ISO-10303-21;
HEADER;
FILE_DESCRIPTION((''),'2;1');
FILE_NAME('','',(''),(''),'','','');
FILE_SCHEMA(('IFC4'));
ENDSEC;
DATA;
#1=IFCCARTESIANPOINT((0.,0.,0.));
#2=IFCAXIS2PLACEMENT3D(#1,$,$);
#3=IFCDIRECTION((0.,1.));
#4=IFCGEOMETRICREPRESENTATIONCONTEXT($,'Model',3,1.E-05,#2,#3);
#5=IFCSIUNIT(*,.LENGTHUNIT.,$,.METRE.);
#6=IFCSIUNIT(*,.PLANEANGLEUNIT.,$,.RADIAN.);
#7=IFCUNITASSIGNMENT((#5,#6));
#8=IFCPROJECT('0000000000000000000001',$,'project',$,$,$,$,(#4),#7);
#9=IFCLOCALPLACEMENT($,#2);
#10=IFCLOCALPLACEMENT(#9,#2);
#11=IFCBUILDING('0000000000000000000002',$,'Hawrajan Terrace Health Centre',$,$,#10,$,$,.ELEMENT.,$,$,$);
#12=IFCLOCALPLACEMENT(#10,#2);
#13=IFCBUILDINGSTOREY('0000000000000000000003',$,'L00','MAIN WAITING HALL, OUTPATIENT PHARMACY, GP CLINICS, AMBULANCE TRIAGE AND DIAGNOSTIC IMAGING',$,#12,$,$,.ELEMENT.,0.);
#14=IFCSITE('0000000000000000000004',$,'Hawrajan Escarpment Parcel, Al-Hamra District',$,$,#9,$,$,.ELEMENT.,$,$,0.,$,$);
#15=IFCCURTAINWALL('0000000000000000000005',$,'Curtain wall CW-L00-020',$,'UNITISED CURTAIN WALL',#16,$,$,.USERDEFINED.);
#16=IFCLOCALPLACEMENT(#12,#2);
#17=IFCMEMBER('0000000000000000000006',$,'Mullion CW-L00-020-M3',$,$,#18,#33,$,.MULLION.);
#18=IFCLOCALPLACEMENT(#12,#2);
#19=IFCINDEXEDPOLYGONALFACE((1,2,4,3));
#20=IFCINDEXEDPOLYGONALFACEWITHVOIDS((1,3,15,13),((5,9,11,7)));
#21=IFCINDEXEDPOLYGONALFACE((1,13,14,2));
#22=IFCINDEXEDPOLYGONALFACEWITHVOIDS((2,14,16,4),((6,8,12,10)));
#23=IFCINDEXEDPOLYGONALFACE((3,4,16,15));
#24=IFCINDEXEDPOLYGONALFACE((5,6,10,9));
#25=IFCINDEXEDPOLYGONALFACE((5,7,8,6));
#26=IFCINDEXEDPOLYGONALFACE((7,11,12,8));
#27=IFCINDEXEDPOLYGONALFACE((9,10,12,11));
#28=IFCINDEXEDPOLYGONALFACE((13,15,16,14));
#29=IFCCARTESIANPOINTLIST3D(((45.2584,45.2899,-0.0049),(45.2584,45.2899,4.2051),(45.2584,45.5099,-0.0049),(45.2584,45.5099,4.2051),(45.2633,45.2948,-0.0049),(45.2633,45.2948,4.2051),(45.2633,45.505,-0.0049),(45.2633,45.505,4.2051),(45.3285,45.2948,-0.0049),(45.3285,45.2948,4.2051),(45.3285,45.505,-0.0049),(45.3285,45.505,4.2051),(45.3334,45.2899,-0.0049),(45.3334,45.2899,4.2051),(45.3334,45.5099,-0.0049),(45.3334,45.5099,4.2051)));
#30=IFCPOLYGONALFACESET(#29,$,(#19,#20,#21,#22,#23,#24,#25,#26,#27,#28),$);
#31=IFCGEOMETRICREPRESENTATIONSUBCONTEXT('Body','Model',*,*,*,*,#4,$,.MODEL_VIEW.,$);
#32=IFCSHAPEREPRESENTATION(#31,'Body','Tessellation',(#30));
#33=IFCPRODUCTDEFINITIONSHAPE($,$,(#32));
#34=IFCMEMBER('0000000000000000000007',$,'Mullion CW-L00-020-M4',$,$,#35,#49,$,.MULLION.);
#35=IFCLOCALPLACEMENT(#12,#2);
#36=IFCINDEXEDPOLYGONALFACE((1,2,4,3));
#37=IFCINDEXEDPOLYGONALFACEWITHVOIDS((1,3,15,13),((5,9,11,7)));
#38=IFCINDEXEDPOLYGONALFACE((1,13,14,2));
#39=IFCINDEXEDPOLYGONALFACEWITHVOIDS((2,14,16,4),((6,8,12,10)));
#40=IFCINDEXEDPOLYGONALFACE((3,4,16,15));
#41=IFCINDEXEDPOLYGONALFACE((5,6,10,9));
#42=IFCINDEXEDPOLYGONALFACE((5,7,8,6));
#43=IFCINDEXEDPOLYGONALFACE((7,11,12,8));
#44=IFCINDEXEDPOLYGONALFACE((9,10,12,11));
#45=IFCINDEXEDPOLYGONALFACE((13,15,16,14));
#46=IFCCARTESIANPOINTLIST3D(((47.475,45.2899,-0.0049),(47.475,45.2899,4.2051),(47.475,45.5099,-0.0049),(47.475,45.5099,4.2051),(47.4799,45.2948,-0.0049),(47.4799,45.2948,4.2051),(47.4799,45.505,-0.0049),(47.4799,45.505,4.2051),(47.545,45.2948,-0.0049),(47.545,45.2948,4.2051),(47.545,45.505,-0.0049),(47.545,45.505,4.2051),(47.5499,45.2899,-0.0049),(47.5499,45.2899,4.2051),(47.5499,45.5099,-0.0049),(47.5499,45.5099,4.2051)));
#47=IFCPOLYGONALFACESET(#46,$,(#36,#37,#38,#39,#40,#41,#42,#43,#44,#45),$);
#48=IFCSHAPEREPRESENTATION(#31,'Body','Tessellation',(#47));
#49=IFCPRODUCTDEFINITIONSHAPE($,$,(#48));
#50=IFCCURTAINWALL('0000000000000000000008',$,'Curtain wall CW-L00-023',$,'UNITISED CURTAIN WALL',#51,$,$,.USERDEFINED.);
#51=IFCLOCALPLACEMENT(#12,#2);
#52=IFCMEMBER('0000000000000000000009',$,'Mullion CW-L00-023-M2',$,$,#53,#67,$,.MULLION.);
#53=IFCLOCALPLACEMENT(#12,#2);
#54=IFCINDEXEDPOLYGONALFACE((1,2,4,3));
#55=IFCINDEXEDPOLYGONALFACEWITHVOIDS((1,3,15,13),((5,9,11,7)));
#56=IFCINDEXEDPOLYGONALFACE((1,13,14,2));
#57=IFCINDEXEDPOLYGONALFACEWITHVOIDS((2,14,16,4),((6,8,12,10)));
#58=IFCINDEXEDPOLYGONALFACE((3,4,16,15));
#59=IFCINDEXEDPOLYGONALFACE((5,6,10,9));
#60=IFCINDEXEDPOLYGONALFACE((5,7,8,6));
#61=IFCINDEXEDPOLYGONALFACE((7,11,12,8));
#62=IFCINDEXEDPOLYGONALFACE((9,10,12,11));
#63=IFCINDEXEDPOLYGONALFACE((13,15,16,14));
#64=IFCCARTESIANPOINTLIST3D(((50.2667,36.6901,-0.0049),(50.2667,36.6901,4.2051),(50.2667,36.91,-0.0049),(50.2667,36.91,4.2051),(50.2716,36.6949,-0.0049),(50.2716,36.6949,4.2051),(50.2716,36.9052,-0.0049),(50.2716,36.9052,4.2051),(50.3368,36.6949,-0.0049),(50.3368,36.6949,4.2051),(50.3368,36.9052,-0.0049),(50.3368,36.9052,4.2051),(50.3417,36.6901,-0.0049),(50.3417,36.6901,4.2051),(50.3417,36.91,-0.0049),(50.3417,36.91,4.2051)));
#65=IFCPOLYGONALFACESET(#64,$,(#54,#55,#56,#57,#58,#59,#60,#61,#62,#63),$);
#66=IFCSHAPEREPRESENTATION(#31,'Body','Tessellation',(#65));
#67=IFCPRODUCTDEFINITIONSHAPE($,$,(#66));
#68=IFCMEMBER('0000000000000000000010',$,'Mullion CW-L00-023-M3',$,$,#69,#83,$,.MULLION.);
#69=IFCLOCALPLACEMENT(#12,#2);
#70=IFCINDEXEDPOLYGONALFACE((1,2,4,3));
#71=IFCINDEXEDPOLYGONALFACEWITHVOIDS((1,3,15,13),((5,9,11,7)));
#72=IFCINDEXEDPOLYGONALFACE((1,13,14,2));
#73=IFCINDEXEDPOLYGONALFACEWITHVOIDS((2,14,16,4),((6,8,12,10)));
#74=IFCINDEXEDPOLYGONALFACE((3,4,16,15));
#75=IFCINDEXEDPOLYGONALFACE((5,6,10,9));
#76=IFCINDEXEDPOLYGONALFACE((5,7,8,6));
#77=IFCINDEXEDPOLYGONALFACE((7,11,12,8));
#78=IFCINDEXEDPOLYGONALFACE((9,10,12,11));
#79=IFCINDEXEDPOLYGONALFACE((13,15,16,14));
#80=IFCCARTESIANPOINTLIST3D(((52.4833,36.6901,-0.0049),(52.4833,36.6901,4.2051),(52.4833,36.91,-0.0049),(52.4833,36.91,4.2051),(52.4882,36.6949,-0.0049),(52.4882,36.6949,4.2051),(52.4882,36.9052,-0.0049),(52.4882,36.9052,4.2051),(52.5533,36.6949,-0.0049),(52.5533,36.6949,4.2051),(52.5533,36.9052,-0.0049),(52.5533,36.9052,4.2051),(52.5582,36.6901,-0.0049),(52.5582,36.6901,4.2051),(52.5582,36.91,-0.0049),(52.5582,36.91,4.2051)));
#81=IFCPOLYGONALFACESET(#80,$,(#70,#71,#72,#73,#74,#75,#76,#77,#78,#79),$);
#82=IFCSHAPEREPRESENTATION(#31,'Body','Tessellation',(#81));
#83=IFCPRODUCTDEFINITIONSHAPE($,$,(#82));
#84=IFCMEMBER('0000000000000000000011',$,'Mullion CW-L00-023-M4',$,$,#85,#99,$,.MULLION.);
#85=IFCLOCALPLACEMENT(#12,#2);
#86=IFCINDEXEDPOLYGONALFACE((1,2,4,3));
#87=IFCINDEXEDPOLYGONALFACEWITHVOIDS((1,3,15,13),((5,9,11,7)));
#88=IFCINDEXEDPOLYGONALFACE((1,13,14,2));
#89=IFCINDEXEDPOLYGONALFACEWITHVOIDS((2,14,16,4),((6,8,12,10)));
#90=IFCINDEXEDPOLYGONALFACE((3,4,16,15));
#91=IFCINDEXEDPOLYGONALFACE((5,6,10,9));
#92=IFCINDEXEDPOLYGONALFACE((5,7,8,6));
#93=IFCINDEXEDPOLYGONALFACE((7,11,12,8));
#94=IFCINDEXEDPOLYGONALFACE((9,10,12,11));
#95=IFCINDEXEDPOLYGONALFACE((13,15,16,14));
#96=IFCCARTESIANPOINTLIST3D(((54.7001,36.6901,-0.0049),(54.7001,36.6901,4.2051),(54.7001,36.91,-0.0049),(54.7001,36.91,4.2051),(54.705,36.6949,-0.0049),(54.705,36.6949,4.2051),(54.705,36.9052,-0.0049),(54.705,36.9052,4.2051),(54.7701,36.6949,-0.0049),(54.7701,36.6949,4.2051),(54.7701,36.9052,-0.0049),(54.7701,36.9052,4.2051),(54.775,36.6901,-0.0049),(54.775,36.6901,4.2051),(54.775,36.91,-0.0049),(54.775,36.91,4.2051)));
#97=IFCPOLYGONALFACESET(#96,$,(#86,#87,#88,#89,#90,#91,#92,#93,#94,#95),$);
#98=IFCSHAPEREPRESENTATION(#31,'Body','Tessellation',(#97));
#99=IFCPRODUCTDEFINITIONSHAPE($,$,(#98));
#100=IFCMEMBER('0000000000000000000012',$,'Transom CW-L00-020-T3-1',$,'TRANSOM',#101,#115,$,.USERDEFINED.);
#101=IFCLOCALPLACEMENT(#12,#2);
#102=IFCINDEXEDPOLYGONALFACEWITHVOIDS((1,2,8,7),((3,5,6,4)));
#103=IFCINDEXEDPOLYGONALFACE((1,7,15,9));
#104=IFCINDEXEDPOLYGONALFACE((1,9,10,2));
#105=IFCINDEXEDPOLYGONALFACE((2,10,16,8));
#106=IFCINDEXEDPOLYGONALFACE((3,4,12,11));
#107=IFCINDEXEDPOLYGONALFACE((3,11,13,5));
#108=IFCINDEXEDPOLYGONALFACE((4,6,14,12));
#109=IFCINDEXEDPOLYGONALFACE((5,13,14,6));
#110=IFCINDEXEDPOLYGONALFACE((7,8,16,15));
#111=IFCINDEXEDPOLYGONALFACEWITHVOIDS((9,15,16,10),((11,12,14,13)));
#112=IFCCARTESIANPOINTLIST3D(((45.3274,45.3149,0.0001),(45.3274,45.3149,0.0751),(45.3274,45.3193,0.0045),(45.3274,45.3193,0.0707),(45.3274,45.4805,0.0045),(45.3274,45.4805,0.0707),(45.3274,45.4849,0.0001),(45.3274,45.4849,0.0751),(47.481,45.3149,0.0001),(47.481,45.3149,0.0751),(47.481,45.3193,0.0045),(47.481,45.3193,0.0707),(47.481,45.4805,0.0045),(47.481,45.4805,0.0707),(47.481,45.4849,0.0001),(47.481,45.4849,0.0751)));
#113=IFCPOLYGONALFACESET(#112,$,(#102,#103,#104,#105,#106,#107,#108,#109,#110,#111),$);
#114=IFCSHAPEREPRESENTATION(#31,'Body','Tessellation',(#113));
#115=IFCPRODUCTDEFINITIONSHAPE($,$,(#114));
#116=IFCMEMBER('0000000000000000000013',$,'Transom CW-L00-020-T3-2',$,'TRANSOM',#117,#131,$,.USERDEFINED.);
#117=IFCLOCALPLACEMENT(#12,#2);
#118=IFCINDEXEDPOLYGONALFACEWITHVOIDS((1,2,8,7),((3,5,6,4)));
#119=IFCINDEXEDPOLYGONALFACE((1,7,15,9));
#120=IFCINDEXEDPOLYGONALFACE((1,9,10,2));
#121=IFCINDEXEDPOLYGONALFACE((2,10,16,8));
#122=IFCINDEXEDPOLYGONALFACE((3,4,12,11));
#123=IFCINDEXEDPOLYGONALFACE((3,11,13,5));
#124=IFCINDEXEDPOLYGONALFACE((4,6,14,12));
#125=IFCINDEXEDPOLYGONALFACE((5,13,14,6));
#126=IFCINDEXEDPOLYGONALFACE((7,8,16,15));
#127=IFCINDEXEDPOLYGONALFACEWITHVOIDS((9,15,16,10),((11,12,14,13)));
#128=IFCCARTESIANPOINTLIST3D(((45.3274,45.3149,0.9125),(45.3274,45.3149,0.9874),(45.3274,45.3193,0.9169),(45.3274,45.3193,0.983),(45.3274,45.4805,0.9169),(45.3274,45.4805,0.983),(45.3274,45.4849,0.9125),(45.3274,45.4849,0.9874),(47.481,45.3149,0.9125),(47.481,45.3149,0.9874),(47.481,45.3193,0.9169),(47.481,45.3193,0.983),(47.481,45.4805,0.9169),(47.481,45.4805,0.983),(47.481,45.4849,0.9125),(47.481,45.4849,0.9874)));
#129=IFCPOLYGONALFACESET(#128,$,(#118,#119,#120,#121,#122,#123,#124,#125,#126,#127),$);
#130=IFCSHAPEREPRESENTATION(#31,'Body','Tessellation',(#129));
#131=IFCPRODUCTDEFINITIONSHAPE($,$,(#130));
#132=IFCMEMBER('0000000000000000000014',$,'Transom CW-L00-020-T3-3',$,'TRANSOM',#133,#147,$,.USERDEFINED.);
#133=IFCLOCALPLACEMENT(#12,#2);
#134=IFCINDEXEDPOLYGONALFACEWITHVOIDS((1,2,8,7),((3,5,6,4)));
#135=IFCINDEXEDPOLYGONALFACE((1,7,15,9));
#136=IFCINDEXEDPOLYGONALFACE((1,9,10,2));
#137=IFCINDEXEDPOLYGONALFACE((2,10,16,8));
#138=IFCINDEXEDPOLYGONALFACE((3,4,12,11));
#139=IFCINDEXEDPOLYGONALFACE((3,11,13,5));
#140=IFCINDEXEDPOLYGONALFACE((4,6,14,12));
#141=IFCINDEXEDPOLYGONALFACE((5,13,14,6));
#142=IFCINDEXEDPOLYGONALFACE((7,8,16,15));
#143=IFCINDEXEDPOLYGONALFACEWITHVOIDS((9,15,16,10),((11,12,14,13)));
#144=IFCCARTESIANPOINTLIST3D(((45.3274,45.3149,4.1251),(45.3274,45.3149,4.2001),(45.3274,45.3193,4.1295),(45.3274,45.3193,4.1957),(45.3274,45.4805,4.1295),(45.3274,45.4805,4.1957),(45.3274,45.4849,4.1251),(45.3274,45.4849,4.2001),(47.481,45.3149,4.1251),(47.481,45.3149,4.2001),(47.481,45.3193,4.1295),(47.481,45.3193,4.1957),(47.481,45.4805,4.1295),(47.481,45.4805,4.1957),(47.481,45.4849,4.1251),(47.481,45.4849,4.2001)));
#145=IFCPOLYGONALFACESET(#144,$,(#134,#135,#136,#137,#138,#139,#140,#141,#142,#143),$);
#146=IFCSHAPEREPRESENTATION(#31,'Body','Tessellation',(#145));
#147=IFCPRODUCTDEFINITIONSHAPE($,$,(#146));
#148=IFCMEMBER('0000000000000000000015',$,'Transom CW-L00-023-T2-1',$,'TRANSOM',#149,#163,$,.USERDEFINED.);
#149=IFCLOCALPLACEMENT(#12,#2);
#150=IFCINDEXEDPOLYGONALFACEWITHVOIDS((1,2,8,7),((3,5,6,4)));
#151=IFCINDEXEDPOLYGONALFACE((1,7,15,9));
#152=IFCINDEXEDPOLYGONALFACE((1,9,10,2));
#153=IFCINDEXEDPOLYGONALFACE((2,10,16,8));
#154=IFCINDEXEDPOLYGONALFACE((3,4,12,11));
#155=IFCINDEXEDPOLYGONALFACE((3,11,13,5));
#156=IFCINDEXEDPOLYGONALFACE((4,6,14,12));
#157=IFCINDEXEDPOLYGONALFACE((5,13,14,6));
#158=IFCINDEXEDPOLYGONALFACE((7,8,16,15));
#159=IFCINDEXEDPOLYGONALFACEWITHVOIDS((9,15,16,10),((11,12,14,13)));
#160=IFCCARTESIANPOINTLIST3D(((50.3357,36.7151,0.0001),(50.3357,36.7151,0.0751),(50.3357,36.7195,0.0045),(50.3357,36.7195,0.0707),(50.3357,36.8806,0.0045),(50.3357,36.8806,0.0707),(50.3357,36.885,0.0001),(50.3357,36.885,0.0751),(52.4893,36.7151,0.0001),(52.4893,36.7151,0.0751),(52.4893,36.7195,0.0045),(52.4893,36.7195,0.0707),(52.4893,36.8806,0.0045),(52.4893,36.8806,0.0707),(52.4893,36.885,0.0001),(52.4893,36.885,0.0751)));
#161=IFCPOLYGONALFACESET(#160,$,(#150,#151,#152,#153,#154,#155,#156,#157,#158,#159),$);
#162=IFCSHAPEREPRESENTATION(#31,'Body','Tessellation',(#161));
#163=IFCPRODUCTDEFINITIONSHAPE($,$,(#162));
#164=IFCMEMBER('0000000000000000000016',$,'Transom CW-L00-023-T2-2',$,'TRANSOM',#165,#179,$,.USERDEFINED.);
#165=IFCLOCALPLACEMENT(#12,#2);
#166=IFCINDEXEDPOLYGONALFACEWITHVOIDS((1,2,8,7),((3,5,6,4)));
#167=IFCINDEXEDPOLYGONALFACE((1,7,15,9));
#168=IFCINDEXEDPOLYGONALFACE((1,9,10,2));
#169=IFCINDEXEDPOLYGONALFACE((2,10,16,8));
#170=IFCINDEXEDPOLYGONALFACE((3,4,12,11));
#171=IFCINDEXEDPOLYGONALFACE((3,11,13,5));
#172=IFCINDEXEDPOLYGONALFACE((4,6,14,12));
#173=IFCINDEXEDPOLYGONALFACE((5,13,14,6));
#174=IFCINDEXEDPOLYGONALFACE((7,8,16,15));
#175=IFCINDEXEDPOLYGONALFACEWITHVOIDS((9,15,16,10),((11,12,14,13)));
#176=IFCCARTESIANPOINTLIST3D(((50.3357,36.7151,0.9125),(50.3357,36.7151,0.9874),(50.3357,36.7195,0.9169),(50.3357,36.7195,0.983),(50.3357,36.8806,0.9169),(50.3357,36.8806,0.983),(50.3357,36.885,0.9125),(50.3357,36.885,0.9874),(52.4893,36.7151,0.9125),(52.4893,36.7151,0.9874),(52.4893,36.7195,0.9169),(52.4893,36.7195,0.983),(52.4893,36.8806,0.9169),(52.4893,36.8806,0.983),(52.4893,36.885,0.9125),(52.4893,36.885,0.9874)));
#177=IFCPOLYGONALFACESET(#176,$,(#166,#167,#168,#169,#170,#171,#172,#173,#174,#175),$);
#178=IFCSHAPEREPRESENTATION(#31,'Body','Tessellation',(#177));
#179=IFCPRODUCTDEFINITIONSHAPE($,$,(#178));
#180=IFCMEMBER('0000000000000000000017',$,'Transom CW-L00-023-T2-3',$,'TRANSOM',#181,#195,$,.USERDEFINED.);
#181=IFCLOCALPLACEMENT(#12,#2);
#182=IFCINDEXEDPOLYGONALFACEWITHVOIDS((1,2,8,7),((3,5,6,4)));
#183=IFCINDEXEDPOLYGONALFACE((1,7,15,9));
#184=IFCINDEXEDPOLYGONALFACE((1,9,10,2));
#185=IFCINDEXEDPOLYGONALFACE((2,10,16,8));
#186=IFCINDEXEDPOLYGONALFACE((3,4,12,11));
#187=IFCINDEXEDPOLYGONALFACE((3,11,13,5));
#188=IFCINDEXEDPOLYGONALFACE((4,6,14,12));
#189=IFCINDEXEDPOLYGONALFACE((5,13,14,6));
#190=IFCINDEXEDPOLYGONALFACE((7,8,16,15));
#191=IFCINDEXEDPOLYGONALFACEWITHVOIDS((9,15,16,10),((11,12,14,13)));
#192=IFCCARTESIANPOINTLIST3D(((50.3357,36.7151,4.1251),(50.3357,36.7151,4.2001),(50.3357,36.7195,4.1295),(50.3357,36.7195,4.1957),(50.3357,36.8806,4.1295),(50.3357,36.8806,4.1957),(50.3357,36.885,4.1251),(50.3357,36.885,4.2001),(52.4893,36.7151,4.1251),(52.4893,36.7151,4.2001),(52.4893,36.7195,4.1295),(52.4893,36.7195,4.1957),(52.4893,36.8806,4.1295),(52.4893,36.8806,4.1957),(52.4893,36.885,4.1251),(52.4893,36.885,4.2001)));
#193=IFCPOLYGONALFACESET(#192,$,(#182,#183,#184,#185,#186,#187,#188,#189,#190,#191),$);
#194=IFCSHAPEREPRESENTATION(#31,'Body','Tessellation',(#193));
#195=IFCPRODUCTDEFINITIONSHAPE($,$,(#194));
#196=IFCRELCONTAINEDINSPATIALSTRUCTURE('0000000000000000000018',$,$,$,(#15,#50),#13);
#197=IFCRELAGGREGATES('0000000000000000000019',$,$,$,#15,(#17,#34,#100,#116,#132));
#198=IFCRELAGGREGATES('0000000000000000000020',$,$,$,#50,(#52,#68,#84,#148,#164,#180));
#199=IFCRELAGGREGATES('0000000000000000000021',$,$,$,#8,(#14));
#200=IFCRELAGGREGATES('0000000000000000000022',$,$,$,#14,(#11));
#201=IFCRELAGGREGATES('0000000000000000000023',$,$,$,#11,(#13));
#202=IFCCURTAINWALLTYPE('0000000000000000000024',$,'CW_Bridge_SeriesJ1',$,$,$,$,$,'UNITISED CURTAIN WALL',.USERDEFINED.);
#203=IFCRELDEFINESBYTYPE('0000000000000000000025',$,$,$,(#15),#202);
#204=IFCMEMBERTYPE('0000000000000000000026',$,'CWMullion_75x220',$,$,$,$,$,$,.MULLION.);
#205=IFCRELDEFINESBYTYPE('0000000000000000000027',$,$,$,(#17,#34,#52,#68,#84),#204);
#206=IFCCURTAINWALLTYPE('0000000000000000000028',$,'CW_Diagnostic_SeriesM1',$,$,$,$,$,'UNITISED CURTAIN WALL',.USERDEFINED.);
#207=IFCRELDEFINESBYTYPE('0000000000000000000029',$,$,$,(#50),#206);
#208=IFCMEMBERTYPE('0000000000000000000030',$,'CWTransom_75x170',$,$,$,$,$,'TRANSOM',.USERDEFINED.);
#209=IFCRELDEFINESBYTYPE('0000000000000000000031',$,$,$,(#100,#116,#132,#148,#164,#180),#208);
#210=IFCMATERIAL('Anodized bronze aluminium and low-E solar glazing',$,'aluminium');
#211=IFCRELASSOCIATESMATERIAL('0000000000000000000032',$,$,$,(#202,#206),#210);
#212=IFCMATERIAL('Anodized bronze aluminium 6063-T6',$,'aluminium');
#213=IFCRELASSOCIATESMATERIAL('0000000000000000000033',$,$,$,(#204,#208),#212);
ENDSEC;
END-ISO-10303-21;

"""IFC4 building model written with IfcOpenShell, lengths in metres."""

from ifc_helpers import new_model, si_unit, direction, frame, origin, origin_2d, place, context, subcontext, project, spatial, hollow_rectangle, extrude, material, material_profile, profile_set, type_object, element, aggregate, save


model = new_model("IFC4")

# Units and contexts
model_context = context("Model", 3, precision=1e-05, world=origin(), true_north=direction((0.0, 1.0)))
body_context = subcontext(model_context, "Body", "Model", "MODEL_VIEW")
ifc_project = project(units=[si_unit("LENGTHUNIT", "METRE"), si_unit("PLANEANGLEUNIT", "RADIAN")], contexts=[model_context])

# Site, building, storey
site_placement = place(None, origin())
site = spatial("IfcSite", under=ifc_project, at=site_placement, Name="Hawrajan Escarpment Parcel, Al-Hamra District", CompositionType="ELEMENT", RefElevation=0.0)
building_placement = place(site_placement, origin())
building = spatial("IfcBuilding", under=site, at=building_placement, Name="Hawrajan Terrace Health Centre", CompositionType="ELEMENT")
storey_placement = place(building_placement, origin())
storey = spatial("IfcBuildingStorey", under=building, at=storey_placement, Name="L00", Description="MAIN WAITING HALL, OUTPATIENT PHARMACY, GP CLINICS, AMBULANCE TRIAGE AND DIAGNOSTIC IMAGING", CompositionType="ELEMENT", Elevation=0.0)

# Curtain walls, members
ifc_material_1 = material(Name="Anodized bronze aluminium and low-E solar glazing", Category="aluminium")
curtain_wall_type_1 = type_object("IfcCurtainWallType", Name="CW_Bridge_SeriesJ1", ElementType="UNITISED CURTAIN WALL", PredefinedType="USERDEFINED", material=ifc_material_1)
curtain_wall_1_placement = place(storey_placement, origin())
curtain_wall_1 = element("IfcCurtainWall", 1, at=curtain_wall_1_placement, inside=storey, type_object=curtain_wall_type_1, Name="Curtain wall CW-L00-020", ObjectType="UNITISED CURTAIN WALL", PredefinedType="USERDEFINED")
ifc_material_2 = material(Name="Anodized bronze aluminium 6063-T6", Category="aluminium")
ifc_material_profile_1 = material_profile(ifc_material_2, hollow_rectangle(XDim=0.075, YDim=0.22, WallThickness=0.0049, at=origin_2d()), Name="CW MUL 75x220")
ifc_profile_set_1 = profile_set([ifc_material_profile_1], Name="Anodized bronze aluminium 6063-T6")
member_type_1 = type_object("IfcMemberType", Name="CWMullion_75x220", PredefinedType="MULLION", material=ifc_profile_set_1)
member_1_placement = place(storey_placement, frame((45.2959, 45.3999, -0.0049), z_axis=(0.0, 0.0, 1.0), x_axis=(1.0, 0.0, 0.0)))
member_1 = element("IfcMember", 2, at=member_1_placement, type_object=member_type_1, Name="Mullion CW-L00-020-M3", PredefinedType="MULLION", context=body_context, shape_type="SweptSolid", body=[
    extrude(hollow_rectangle(XDim=0.075, YDim=0.22, WallThickness=0.0049, at=origin_2d()), origin(), (0.0, 0.0, 1.0), 4.21),
])
member_2_placement = place(storey_placement, frame((47.5125, 45.3999, -0.0049), z_axis=(0.0, 0.0, 1.0), x_axis=(1.0, 0.0, 0.0)))
member_2 = element("IfcMember", 3, at=member_2_placement, type_object=member_type_1, Name="Mullion CW-L00-020-M4", PredefinedType="MULLION", context=body_context, shape_type="SweptSolid", body=[
    extrude(hollow_rectangle(XDim=0.075, YDim=0.22, WallThickness=0.0049, at=origin_2d()), origin(), (0.0, 0.0, 1.0), 4.21),
])
curtain_wall_type_2 = type_object("IfcCurtainWallType", Name="CW_Diagnostic_SeriesM1", ElementType="UNITISED CURTAIN WALL", PredefinedType="USERDEFINED", material=ifc_material_1)
curtain_wall_2_placement = place(storey_placement, origin())
curtain_wall_2 = element("IfcCurtainWall", 4, at=curtain_wall_2_placement, inside=storey, type_object=curtain_wall_type_2, Name="Curtain wall CW-L00-023", ObjectType="UNITISED CURTAIN WALL", PredefinedType="USERDEFINED")
member_3_placement = place(storey_placement, frame((50.3042, 36.8, -0.0049), z_axis=(0.0, 0.0, 1.0), x_axis=(1.0, 0.0, 0.0)))
member_3 = element("IfcMember", 5, at=member_3_placement, type_object=member_type_1, Name="Mullion CW-L00-023-M2", PredefinedType="MULLION", context=body_context, shape_type="SweptSolid", body=[
    extrude(hollow_rectangle(XDim=0.075, YDim=0.22, WallThickness=0.0049, at=origin_2d()), origin(), (0.0, 0.0, 1.0), 4.21),
])
member_4_placement = place(storey_placement, frame((52.5208, 36.8, -0.0049), z_axis=(0.0, 0.0, 1.0), x_axis=(1.0, 0.0, 0.0)))
member_4 = element("IfcMember", 6, at=member_4_placement, type_object=member_type_1, Name="Mullion CW-L00-023-M3", PredefinedType="MULLION", context=body_context, shape_type="SweptSolid", body=[
    extrude(hollow_rectangle(XDim=0.075, YDim=0.22, WallThickness=0.0049, at=origin_2d()), origin(), (0.0, 0.0, 1.0), 4.21),
])
member_5_placement = place(storey_placement, frame((54.7375, 36.8, -0.0049), z_axis=(0.0, 0.0, 1.0), x_axis=(1.0, 0.0, 0.0)))
member_5 = element("IfcMember", 7, at=member_5_placement, type_object=member_type_1, Name="Mullion CW-L00-023-M4", PredefinedType="MULLION", context=body_context, shape_type="SweptSolid", body=[
    extrude(hollow_rectangle(XDim=0.075, YDim=0.22, WallThickness=0.0049, at=origin_2d()), origin(), (0.0, 0.0, 1.0), 4.21),
])

# Members
ifc_material_profile_2 = material_profile(ifc_material_2, hollow_rectangle(XDim=0.075, YDim=0.1699, WallThickness=0.0044, at=origin_2d()), Name="CW TRN 75x170")
ifc_profile_set_2 = profile_set([ifc_material_profile_2], Name="Anodized bronze aluminium 6063-T6")
member_type_2 = type_object("IfcMemberType", Name="CWTransom_75x170", ElementType="TRANSOM", PredefinedType="USERDEFINED", material=ifc_profile_set_2)
member_6_placement = place(storey_placement, frame((45.3274, 45.3999, 0.0376), z_axis=(1.0, 0.0, 0.0), x_axis=(0.0, 0.0, 1.0)))
member_6 = element("IfcMember", 8, at=member_6_placement, type_object=member_type_2, Name="Transom CW-L00-020-T3-1", ObjectType="TRANSOM", PredefinedType="USERDEFINED", context=body_context, shape_type="SweptSolid", body=[
    extrude(hollow_rectangle(XDim=0.075, YDim=0.1699, WallThickness=0.0044, at=origin_2d()), origin(), (0.0, 0.0, 1.0), 2.1536),
])
member_7_placement = place(storey_placement, frame((45.3274, 45.3999, 0.95), z_axis=(1.0, 0.0, 0.0), x_axis=(0.0, 0.0, 1.0)))
member_7 = element("IfcMember", 9, at=member_7_placement, type_object=member_type_2, Name="Transom CW-L00-020-T3-2", ObjectType="TRANSOM", PredefinedType="USERDEFINED", context=body_context, shape_type="SweptSolid", body=[
    extrude(hollow_rectangle(XDim=0.075, YDim=0.1699, WallThickness=0.0044, at=origin_2d()), origin(), (0.0, 0.0, 1.0), 2.1536),
])
member_8_placement = place(storey_placement, frame((45.3274, 45.3999, 4.1626), z_axis=(1.0, 0.0, 0.0), x_axis=(0.0, 0.0, 1.0)))
member_8 = element("IfcMember", 10, at=member_8_placement, type_object=member_type_2, Name="Transom CW-L00-020-T3-3", ObjectType="TRANSOM", PredefinedType="USERDEFINED", context=body_context, shape_type="SweptSolid", body=[
    extrude(hollow_rectangle(XDim=0.075, YDim=0.1699, WallThickness=0.0044, at=origin_2d()), origin(), (0.0, 0.0, 1.0), 2.1536),
])
member_9_placement = place(storey_placement, frame((50.3357, 36.8, 0.0376), z_axis=(1.0, 0.0, 0.0), x_axis=(0.0, 0.0, 1.0)))
member_9 = element("IfcMember", 11, at=member_9_placement, type_object=member_type_2, Name="Transom CW-L00-023-T2-1", ObjectType="TRANSOM", PredefinedType="USERDEFINED", context=body_context, shape_type="SweptSolid", body=[
    extrude(hollow_rectangle(XDim=0.075, YDim=0.1699, WallThickness=0.0044, at=origin_2d()), origin(), (0.0, 0.0, 1.0), 2.1536),
])
member_10_placement = place(storey_placement, frame((50.3357, 36.8, 0.95), z_axis=(1.0, 0.0, 0.0), x_axis=(0.0, 0.0, 1.0)))
member_10 = element("IfcMember", 12, at=member_10_placement, type_object=member_type_2, Name="Transom CW-L00-023-T2-2", ObjectType="TRANSOM", PredefinedType="USERDEFINED", context=body_context, shape_type="SweptSolid", body=[
    extrude(hollow_rectangle(XDim=0.075, YDim=0.1699, WallThickness=0.0044, at=origin_2d()), origin(), (0.0, 0.0, 1.0), 2.1536),
])
member_11_placement = place(storey_placement, frame((50.3357, 36.8, 4.1626), z_axis=(1.0, 0.0, 0.0), x_axis=(0.0, 0.0, 1.0)))
member_11 = element("IfcMember", 13, at=member_11_placement, type_object=member_type_2, Name="Transom CW-L00-023-T2-3", ObjectType="TRANSOM", PredefinedType="USERDEFINED", context=body_context, shape_type="SweptSolid", body=[
    extrude(hollow_rectangle(XDim=0.075, YDim=0.1699, WallThickness=0.0044, at=origin_2d()), origin(), (0.0, 0.0, 1.0), 2.1536),
])

aggregate(curtain_wall_1, [member_1, member_2, member_6, member_7, member_8])
aggregate(curtain_wall_2, [member_3, member_4, member_5, member_9, member_10, member_11])

save(model, "model.ifc")
